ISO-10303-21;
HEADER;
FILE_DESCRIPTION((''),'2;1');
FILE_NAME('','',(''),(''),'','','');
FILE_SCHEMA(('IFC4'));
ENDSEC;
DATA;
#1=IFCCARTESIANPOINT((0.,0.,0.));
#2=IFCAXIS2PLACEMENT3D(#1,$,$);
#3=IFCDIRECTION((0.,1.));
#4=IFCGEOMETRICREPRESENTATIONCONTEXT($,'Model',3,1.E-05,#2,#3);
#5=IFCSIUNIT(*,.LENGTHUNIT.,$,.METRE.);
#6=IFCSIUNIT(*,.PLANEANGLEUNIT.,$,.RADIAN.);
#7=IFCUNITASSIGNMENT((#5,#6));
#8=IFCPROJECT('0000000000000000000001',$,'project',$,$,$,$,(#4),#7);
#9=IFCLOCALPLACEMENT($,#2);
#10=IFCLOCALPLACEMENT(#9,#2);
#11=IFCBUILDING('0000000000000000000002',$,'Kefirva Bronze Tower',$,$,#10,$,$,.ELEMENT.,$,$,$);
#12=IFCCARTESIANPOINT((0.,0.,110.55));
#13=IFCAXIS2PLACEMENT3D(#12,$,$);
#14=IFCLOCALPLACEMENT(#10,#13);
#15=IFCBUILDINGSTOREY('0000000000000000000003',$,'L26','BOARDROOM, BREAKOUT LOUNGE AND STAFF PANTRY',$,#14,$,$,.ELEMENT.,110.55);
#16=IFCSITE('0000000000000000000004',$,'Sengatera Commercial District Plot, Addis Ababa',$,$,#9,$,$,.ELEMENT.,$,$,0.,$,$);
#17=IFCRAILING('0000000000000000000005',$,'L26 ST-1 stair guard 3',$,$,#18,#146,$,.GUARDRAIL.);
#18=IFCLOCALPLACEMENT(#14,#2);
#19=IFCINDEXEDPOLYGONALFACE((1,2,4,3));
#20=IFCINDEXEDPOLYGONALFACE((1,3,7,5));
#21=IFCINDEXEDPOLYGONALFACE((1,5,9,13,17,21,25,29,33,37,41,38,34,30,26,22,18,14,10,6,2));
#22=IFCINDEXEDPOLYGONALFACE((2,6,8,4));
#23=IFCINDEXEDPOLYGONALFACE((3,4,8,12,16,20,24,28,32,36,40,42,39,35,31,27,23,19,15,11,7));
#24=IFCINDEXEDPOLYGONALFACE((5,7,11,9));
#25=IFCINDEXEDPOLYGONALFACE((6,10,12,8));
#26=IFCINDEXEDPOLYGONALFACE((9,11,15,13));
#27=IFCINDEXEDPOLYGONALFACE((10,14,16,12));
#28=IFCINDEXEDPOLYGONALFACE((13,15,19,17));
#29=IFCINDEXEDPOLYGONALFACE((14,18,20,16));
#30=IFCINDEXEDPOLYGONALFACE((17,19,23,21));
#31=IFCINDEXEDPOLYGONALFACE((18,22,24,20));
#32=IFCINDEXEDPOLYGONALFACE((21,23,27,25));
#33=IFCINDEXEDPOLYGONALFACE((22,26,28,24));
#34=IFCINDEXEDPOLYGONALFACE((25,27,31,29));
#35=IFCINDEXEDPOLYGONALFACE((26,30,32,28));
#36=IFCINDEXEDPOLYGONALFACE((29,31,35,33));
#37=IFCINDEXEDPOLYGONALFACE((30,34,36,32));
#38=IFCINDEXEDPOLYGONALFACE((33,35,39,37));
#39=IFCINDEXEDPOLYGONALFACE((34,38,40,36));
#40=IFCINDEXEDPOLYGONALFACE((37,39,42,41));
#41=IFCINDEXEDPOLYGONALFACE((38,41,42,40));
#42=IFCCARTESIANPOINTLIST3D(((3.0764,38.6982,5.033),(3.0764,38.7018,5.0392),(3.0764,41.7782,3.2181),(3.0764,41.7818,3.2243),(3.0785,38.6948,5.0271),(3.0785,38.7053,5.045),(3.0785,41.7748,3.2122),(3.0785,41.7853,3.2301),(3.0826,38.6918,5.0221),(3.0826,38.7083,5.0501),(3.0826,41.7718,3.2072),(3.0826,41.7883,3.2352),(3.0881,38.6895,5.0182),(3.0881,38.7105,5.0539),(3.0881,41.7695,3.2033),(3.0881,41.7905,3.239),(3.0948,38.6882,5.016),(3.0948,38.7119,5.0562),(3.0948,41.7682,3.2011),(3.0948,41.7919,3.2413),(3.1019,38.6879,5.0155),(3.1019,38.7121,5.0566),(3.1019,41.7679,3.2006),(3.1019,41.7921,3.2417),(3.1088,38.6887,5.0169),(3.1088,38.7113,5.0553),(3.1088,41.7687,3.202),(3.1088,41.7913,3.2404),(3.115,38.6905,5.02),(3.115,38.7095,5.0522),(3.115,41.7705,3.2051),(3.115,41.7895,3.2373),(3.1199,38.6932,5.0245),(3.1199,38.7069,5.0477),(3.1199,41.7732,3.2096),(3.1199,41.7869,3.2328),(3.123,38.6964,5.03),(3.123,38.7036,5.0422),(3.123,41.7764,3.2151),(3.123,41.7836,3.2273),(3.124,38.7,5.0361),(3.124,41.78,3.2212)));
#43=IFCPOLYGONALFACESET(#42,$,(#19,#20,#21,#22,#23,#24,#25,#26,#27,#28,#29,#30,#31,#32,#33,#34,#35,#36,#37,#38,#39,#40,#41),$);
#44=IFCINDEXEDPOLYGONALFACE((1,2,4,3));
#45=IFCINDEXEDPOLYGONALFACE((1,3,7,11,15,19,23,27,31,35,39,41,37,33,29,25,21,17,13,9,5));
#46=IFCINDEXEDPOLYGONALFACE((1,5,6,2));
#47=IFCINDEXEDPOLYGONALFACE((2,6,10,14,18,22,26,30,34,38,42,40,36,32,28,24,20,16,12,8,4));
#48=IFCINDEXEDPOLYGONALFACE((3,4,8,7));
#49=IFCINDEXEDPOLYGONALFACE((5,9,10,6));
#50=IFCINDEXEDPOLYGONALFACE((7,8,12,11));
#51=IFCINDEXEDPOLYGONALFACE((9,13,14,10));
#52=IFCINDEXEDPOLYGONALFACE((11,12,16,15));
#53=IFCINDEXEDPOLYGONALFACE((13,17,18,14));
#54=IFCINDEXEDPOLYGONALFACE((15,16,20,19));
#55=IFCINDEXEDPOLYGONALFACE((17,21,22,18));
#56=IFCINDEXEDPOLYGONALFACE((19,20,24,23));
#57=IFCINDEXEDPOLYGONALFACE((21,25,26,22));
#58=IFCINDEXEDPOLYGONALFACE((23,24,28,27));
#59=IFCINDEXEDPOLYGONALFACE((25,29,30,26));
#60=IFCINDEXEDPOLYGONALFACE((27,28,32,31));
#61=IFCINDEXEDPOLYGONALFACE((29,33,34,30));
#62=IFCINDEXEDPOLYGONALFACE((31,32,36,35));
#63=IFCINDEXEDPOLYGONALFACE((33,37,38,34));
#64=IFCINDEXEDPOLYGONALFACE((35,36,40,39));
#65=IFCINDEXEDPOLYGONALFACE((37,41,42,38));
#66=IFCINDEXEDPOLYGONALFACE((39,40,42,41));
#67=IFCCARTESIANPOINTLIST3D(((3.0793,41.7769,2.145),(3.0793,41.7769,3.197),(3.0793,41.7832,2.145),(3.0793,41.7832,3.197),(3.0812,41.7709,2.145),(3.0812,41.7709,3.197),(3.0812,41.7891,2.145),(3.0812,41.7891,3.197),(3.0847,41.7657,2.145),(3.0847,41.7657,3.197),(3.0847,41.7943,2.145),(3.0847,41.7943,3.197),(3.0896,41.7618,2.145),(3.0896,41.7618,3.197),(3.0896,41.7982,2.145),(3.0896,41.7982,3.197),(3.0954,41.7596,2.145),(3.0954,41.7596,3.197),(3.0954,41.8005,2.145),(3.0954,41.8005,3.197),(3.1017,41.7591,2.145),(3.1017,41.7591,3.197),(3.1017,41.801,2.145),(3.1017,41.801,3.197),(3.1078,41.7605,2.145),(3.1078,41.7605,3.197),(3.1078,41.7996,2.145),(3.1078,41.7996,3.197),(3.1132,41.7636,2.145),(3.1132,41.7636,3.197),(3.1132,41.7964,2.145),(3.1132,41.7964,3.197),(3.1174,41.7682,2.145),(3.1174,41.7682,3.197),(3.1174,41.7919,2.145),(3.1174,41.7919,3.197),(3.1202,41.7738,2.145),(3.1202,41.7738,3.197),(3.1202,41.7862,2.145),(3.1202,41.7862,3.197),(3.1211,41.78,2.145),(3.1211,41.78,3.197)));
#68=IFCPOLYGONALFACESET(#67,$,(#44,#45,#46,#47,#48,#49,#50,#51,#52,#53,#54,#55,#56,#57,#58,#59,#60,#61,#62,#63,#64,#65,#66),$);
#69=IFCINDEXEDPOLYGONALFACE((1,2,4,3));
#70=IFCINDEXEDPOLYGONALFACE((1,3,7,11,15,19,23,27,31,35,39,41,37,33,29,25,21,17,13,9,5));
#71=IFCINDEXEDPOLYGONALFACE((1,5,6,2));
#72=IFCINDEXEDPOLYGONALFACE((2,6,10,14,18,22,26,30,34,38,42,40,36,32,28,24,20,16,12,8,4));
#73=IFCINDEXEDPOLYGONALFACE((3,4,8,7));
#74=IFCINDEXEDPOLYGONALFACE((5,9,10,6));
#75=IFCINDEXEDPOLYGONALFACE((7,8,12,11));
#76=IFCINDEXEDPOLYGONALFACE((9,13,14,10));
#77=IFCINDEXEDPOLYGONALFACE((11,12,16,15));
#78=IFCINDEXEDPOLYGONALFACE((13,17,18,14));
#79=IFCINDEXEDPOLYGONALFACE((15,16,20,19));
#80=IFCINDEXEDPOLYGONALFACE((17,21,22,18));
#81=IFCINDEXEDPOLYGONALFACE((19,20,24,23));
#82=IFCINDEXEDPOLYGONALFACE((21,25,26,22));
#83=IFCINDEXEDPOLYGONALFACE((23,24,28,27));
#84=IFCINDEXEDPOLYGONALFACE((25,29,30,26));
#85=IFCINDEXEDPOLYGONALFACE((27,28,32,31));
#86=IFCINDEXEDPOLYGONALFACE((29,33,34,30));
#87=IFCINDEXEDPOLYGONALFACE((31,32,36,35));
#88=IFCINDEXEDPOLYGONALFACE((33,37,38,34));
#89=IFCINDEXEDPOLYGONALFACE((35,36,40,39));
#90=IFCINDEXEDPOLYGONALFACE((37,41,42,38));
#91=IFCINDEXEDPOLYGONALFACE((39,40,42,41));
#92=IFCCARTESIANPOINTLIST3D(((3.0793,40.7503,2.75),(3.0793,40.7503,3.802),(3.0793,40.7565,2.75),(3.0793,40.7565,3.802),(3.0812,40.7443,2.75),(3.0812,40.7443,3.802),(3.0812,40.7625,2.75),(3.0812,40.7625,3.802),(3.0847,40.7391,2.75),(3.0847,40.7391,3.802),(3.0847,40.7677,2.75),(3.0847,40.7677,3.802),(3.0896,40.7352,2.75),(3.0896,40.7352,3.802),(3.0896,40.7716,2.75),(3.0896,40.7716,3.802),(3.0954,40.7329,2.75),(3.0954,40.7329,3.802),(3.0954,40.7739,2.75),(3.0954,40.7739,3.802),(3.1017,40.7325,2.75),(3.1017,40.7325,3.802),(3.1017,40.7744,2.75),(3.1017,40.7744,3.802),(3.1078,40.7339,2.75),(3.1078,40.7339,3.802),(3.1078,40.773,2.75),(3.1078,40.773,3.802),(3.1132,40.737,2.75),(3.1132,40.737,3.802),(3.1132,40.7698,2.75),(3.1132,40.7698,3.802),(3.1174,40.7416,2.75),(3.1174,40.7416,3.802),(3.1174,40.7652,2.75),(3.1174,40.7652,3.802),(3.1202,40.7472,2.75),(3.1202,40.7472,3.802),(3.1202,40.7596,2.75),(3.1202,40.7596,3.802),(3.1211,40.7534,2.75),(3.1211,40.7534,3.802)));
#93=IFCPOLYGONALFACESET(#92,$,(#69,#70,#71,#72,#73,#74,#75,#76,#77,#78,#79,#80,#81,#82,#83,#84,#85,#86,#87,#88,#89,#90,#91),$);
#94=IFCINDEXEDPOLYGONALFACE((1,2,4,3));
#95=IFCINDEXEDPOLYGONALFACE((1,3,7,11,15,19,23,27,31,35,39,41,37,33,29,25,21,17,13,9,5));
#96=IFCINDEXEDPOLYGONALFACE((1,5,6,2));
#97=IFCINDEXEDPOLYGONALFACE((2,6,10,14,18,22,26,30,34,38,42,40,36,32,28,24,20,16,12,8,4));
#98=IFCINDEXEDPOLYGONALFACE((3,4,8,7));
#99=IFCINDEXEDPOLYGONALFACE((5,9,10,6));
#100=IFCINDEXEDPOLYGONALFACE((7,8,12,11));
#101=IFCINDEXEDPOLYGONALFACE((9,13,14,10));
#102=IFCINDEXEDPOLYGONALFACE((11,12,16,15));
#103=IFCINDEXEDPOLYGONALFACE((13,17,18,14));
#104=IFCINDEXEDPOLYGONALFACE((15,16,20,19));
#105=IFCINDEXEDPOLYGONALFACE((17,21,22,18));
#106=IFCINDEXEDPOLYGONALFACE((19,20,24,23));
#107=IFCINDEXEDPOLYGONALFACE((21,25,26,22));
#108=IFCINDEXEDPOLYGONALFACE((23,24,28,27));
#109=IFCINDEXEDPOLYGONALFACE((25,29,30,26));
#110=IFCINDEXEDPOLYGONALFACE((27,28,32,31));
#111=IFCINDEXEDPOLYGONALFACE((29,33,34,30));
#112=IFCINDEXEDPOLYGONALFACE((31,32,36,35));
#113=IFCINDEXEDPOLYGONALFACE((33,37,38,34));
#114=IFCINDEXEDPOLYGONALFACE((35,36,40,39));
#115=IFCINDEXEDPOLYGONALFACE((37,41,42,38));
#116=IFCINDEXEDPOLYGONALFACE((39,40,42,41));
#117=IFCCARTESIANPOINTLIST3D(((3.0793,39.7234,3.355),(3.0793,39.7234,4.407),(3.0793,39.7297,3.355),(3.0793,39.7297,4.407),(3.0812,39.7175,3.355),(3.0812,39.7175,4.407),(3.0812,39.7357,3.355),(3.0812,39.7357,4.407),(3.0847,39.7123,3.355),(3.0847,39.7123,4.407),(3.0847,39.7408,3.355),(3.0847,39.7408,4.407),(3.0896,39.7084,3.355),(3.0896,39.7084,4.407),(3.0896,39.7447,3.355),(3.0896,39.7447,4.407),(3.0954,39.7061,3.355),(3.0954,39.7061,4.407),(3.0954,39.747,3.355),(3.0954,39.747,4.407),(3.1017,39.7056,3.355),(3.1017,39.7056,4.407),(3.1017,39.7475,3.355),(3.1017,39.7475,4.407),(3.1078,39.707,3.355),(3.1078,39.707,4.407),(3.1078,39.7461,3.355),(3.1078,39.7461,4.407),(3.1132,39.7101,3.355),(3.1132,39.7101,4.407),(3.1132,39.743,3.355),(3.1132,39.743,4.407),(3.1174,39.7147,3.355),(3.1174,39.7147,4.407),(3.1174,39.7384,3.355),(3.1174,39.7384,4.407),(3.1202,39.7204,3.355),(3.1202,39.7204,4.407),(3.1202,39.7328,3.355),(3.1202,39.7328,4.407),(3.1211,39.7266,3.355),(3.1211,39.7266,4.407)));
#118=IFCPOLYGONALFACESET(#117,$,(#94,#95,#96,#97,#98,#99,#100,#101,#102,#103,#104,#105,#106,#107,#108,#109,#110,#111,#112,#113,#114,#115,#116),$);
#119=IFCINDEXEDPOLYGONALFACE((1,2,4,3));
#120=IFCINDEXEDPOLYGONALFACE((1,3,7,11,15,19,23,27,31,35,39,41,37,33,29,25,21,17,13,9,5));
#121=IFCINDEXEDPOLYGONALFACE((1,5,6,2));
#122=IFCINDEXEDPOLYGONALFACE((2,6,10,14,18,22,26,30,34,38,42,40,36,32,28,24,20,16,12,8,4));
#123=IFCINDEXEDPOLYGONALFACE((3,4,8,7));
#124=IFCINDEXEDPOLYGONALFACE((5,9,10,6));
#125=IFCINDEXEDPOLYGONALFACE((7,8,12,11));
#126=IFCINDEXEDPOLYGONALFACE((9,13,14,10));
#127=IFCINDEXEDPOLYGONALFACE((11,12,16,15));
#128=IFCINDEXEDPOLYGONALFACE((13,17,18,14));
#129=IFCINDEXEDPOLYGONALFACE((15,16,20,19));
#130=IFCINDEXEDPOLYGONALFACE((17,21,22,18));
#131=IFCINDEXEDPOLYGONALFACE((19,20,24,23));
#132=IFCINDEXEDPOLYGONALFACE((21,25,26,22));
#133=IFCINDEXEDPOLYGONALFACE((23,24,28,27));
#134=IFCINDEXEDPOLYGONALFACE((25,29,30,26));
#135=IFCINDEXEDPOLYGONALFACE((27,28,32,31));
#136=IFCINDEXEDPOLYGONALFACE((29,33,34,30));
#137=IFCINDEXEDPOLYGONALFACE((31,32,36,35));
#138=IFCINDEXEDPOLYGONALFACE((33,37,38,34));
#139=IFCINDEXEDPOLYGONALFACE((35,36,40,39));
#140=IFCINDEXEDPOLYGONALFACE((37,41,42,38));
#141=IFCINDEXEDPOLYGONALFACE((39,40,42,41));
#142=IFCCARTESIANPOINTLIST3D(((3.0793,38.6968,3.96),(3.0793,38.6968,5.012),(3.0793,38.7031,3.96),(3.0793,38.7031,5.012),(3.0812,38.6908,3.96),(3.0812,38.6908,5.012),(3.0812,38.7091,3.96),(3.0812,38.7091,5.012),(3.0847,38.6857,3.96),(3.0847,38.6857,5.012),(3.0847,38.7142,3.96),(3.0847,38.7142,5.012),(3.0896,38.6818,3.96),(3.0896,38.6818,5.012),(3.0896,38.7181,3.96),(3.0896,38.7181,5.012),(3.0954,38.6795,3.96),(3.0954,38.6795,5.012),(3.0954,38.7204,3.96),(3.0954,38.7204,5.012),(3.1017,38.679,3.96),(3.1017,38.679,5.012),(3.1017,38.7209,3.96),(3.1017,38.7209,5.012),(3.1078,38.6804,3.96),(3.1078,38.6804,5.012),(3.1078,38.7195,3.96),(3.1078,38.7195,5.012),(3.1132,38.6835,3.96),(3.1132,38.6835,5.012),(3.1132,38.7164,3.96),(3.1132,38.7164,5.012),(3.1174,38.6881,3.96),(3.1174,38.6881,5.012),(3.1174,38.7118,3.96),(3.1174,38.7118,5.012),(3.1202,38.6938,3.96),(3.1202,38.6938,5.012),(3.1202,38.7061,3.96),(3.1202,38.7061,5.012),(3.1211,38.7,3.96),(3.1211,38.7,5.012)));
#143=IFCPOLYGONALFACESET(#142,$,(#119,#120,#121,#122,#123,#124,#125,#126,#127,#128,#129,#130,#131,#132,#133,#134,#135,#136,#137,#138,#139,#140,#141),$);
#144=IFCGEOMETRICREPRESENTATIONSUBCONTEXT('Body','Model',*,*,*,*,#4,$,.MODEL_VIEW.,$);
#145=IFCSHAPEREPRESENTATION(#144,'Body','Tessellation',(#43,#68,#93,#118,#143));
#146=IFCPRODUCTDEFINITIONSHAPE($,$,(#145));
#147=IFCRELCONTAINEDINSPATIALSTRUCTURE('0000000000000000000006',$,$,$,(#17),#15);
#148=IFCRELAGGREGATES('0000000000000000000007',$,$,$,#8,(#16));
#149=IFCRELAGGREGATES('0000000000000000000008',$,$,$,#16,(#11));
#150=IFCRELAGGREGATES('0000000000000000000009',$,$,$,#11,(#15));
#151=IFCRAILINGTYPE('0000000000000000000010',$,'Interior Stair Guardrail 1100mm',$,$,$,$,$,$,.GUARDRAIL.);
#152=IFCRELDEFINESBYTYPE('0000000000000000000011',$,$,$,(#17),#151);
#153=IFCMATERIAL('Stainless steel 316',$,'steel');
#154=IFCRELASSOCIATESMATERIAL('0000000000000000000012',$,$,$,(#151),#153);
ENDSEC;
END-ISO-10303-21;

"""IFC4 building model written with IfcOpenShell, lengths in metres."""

from ifc_helpers import new_model, si_unit, direction, frame, origin, origin_2d, place, context, subcontext, project, spatial, circle, extrude, material, type_object, element, save


model = new_model("IFC4")

# Units and contexts
model_context = context("Model", 3, precision=1e-05, world=origin(), true_north=direction((0.0, 1.0)))
body_context = subcontext(model_context, "Body", "Model", "MODEL_VIEW")
ifc_project = project(units=[si_unit("LENGTHUNIT", "METRE"), si_unit("PLANEANGLEUNIT", "RADIAN")], contexts=[model_context])

# Site, building, storey
site_placement = place(None, origin())
site = spatial("IfcSite", under=ifc_project, at=site_placement, Name="Sengatera Commercial District Plot, Addis Ababa", CompositionType="ELEMENT", RefElevation=0.0)
building_placement = place(site_placement, origin())
building = spatial("IfcBuilding", under=site, at=building_placement, Name="Kefirva Bronze Tower", CompositionType="ELEMENT")
storey_placement = place(building_placement, frame((0.0, 0.0, 110.55)))
storey = spatial("IfcBuildingStorey", under=building, at=storey_placement, Name="L26", Description="BOARDROOM, BREAKOUT LOUNGE AND STAFF PANTRY", CompositionType="ELEMENT", Elevation=110.55)

# Shared definitions
ifc_material_1 = material(Name="Stainless steel 316", Category="steel")

# Railing
railing_type_1 = type_object("IfcRailingType", Name="Interior Stair Guardrail 1100mm", PredefinedType="GUARDRAIL", material=ifc_material_1)
railing_1_placement = place(storey_placement, frame((3.1001, 41.78, 2.145)))
element("IfcRailing", 1, at=railing_1_placement, inside=storey, type_object=railing_type_1, Name="L26 ST-1 stair guard 3", PredefinedType="GUARDRAIL", context=body_context, shape_type="SweptSolid", body=[
    extrude(circle(Radius=0.0239, at=origin_2d()), frame((0.0, 0.0, 1.0762), z_axis=(0.0, -0.861551, 0.507671), x_axis=(1.0, 0.0, 0.0)), (0.0, 0.0, 1.0), 3.575),
    extrude(circle(Radius=0.021, at=origin_2d()), origin(), (0.0, 0.0, 1.0), 1.052),
    extrude(circle(Radius=0.021, at=origin_2d()), frame((0.0, -1.0266, 0.605)), (0.0, 0.0, 1.0), 1.052),
    extrude(circle(Radius=0.021, at=origin_2d()), frame((0.0, -2.0535, 1.21)), (0.0, 0.0, 1.0), 1.052),
    extrude(circle(Radius=0.021, at=origin_2d()), frame((0.0, -3.0801, 1.8149)), (0.0, 0.0, 1.0), 1.052),
])

save(model, "model.ifc")
